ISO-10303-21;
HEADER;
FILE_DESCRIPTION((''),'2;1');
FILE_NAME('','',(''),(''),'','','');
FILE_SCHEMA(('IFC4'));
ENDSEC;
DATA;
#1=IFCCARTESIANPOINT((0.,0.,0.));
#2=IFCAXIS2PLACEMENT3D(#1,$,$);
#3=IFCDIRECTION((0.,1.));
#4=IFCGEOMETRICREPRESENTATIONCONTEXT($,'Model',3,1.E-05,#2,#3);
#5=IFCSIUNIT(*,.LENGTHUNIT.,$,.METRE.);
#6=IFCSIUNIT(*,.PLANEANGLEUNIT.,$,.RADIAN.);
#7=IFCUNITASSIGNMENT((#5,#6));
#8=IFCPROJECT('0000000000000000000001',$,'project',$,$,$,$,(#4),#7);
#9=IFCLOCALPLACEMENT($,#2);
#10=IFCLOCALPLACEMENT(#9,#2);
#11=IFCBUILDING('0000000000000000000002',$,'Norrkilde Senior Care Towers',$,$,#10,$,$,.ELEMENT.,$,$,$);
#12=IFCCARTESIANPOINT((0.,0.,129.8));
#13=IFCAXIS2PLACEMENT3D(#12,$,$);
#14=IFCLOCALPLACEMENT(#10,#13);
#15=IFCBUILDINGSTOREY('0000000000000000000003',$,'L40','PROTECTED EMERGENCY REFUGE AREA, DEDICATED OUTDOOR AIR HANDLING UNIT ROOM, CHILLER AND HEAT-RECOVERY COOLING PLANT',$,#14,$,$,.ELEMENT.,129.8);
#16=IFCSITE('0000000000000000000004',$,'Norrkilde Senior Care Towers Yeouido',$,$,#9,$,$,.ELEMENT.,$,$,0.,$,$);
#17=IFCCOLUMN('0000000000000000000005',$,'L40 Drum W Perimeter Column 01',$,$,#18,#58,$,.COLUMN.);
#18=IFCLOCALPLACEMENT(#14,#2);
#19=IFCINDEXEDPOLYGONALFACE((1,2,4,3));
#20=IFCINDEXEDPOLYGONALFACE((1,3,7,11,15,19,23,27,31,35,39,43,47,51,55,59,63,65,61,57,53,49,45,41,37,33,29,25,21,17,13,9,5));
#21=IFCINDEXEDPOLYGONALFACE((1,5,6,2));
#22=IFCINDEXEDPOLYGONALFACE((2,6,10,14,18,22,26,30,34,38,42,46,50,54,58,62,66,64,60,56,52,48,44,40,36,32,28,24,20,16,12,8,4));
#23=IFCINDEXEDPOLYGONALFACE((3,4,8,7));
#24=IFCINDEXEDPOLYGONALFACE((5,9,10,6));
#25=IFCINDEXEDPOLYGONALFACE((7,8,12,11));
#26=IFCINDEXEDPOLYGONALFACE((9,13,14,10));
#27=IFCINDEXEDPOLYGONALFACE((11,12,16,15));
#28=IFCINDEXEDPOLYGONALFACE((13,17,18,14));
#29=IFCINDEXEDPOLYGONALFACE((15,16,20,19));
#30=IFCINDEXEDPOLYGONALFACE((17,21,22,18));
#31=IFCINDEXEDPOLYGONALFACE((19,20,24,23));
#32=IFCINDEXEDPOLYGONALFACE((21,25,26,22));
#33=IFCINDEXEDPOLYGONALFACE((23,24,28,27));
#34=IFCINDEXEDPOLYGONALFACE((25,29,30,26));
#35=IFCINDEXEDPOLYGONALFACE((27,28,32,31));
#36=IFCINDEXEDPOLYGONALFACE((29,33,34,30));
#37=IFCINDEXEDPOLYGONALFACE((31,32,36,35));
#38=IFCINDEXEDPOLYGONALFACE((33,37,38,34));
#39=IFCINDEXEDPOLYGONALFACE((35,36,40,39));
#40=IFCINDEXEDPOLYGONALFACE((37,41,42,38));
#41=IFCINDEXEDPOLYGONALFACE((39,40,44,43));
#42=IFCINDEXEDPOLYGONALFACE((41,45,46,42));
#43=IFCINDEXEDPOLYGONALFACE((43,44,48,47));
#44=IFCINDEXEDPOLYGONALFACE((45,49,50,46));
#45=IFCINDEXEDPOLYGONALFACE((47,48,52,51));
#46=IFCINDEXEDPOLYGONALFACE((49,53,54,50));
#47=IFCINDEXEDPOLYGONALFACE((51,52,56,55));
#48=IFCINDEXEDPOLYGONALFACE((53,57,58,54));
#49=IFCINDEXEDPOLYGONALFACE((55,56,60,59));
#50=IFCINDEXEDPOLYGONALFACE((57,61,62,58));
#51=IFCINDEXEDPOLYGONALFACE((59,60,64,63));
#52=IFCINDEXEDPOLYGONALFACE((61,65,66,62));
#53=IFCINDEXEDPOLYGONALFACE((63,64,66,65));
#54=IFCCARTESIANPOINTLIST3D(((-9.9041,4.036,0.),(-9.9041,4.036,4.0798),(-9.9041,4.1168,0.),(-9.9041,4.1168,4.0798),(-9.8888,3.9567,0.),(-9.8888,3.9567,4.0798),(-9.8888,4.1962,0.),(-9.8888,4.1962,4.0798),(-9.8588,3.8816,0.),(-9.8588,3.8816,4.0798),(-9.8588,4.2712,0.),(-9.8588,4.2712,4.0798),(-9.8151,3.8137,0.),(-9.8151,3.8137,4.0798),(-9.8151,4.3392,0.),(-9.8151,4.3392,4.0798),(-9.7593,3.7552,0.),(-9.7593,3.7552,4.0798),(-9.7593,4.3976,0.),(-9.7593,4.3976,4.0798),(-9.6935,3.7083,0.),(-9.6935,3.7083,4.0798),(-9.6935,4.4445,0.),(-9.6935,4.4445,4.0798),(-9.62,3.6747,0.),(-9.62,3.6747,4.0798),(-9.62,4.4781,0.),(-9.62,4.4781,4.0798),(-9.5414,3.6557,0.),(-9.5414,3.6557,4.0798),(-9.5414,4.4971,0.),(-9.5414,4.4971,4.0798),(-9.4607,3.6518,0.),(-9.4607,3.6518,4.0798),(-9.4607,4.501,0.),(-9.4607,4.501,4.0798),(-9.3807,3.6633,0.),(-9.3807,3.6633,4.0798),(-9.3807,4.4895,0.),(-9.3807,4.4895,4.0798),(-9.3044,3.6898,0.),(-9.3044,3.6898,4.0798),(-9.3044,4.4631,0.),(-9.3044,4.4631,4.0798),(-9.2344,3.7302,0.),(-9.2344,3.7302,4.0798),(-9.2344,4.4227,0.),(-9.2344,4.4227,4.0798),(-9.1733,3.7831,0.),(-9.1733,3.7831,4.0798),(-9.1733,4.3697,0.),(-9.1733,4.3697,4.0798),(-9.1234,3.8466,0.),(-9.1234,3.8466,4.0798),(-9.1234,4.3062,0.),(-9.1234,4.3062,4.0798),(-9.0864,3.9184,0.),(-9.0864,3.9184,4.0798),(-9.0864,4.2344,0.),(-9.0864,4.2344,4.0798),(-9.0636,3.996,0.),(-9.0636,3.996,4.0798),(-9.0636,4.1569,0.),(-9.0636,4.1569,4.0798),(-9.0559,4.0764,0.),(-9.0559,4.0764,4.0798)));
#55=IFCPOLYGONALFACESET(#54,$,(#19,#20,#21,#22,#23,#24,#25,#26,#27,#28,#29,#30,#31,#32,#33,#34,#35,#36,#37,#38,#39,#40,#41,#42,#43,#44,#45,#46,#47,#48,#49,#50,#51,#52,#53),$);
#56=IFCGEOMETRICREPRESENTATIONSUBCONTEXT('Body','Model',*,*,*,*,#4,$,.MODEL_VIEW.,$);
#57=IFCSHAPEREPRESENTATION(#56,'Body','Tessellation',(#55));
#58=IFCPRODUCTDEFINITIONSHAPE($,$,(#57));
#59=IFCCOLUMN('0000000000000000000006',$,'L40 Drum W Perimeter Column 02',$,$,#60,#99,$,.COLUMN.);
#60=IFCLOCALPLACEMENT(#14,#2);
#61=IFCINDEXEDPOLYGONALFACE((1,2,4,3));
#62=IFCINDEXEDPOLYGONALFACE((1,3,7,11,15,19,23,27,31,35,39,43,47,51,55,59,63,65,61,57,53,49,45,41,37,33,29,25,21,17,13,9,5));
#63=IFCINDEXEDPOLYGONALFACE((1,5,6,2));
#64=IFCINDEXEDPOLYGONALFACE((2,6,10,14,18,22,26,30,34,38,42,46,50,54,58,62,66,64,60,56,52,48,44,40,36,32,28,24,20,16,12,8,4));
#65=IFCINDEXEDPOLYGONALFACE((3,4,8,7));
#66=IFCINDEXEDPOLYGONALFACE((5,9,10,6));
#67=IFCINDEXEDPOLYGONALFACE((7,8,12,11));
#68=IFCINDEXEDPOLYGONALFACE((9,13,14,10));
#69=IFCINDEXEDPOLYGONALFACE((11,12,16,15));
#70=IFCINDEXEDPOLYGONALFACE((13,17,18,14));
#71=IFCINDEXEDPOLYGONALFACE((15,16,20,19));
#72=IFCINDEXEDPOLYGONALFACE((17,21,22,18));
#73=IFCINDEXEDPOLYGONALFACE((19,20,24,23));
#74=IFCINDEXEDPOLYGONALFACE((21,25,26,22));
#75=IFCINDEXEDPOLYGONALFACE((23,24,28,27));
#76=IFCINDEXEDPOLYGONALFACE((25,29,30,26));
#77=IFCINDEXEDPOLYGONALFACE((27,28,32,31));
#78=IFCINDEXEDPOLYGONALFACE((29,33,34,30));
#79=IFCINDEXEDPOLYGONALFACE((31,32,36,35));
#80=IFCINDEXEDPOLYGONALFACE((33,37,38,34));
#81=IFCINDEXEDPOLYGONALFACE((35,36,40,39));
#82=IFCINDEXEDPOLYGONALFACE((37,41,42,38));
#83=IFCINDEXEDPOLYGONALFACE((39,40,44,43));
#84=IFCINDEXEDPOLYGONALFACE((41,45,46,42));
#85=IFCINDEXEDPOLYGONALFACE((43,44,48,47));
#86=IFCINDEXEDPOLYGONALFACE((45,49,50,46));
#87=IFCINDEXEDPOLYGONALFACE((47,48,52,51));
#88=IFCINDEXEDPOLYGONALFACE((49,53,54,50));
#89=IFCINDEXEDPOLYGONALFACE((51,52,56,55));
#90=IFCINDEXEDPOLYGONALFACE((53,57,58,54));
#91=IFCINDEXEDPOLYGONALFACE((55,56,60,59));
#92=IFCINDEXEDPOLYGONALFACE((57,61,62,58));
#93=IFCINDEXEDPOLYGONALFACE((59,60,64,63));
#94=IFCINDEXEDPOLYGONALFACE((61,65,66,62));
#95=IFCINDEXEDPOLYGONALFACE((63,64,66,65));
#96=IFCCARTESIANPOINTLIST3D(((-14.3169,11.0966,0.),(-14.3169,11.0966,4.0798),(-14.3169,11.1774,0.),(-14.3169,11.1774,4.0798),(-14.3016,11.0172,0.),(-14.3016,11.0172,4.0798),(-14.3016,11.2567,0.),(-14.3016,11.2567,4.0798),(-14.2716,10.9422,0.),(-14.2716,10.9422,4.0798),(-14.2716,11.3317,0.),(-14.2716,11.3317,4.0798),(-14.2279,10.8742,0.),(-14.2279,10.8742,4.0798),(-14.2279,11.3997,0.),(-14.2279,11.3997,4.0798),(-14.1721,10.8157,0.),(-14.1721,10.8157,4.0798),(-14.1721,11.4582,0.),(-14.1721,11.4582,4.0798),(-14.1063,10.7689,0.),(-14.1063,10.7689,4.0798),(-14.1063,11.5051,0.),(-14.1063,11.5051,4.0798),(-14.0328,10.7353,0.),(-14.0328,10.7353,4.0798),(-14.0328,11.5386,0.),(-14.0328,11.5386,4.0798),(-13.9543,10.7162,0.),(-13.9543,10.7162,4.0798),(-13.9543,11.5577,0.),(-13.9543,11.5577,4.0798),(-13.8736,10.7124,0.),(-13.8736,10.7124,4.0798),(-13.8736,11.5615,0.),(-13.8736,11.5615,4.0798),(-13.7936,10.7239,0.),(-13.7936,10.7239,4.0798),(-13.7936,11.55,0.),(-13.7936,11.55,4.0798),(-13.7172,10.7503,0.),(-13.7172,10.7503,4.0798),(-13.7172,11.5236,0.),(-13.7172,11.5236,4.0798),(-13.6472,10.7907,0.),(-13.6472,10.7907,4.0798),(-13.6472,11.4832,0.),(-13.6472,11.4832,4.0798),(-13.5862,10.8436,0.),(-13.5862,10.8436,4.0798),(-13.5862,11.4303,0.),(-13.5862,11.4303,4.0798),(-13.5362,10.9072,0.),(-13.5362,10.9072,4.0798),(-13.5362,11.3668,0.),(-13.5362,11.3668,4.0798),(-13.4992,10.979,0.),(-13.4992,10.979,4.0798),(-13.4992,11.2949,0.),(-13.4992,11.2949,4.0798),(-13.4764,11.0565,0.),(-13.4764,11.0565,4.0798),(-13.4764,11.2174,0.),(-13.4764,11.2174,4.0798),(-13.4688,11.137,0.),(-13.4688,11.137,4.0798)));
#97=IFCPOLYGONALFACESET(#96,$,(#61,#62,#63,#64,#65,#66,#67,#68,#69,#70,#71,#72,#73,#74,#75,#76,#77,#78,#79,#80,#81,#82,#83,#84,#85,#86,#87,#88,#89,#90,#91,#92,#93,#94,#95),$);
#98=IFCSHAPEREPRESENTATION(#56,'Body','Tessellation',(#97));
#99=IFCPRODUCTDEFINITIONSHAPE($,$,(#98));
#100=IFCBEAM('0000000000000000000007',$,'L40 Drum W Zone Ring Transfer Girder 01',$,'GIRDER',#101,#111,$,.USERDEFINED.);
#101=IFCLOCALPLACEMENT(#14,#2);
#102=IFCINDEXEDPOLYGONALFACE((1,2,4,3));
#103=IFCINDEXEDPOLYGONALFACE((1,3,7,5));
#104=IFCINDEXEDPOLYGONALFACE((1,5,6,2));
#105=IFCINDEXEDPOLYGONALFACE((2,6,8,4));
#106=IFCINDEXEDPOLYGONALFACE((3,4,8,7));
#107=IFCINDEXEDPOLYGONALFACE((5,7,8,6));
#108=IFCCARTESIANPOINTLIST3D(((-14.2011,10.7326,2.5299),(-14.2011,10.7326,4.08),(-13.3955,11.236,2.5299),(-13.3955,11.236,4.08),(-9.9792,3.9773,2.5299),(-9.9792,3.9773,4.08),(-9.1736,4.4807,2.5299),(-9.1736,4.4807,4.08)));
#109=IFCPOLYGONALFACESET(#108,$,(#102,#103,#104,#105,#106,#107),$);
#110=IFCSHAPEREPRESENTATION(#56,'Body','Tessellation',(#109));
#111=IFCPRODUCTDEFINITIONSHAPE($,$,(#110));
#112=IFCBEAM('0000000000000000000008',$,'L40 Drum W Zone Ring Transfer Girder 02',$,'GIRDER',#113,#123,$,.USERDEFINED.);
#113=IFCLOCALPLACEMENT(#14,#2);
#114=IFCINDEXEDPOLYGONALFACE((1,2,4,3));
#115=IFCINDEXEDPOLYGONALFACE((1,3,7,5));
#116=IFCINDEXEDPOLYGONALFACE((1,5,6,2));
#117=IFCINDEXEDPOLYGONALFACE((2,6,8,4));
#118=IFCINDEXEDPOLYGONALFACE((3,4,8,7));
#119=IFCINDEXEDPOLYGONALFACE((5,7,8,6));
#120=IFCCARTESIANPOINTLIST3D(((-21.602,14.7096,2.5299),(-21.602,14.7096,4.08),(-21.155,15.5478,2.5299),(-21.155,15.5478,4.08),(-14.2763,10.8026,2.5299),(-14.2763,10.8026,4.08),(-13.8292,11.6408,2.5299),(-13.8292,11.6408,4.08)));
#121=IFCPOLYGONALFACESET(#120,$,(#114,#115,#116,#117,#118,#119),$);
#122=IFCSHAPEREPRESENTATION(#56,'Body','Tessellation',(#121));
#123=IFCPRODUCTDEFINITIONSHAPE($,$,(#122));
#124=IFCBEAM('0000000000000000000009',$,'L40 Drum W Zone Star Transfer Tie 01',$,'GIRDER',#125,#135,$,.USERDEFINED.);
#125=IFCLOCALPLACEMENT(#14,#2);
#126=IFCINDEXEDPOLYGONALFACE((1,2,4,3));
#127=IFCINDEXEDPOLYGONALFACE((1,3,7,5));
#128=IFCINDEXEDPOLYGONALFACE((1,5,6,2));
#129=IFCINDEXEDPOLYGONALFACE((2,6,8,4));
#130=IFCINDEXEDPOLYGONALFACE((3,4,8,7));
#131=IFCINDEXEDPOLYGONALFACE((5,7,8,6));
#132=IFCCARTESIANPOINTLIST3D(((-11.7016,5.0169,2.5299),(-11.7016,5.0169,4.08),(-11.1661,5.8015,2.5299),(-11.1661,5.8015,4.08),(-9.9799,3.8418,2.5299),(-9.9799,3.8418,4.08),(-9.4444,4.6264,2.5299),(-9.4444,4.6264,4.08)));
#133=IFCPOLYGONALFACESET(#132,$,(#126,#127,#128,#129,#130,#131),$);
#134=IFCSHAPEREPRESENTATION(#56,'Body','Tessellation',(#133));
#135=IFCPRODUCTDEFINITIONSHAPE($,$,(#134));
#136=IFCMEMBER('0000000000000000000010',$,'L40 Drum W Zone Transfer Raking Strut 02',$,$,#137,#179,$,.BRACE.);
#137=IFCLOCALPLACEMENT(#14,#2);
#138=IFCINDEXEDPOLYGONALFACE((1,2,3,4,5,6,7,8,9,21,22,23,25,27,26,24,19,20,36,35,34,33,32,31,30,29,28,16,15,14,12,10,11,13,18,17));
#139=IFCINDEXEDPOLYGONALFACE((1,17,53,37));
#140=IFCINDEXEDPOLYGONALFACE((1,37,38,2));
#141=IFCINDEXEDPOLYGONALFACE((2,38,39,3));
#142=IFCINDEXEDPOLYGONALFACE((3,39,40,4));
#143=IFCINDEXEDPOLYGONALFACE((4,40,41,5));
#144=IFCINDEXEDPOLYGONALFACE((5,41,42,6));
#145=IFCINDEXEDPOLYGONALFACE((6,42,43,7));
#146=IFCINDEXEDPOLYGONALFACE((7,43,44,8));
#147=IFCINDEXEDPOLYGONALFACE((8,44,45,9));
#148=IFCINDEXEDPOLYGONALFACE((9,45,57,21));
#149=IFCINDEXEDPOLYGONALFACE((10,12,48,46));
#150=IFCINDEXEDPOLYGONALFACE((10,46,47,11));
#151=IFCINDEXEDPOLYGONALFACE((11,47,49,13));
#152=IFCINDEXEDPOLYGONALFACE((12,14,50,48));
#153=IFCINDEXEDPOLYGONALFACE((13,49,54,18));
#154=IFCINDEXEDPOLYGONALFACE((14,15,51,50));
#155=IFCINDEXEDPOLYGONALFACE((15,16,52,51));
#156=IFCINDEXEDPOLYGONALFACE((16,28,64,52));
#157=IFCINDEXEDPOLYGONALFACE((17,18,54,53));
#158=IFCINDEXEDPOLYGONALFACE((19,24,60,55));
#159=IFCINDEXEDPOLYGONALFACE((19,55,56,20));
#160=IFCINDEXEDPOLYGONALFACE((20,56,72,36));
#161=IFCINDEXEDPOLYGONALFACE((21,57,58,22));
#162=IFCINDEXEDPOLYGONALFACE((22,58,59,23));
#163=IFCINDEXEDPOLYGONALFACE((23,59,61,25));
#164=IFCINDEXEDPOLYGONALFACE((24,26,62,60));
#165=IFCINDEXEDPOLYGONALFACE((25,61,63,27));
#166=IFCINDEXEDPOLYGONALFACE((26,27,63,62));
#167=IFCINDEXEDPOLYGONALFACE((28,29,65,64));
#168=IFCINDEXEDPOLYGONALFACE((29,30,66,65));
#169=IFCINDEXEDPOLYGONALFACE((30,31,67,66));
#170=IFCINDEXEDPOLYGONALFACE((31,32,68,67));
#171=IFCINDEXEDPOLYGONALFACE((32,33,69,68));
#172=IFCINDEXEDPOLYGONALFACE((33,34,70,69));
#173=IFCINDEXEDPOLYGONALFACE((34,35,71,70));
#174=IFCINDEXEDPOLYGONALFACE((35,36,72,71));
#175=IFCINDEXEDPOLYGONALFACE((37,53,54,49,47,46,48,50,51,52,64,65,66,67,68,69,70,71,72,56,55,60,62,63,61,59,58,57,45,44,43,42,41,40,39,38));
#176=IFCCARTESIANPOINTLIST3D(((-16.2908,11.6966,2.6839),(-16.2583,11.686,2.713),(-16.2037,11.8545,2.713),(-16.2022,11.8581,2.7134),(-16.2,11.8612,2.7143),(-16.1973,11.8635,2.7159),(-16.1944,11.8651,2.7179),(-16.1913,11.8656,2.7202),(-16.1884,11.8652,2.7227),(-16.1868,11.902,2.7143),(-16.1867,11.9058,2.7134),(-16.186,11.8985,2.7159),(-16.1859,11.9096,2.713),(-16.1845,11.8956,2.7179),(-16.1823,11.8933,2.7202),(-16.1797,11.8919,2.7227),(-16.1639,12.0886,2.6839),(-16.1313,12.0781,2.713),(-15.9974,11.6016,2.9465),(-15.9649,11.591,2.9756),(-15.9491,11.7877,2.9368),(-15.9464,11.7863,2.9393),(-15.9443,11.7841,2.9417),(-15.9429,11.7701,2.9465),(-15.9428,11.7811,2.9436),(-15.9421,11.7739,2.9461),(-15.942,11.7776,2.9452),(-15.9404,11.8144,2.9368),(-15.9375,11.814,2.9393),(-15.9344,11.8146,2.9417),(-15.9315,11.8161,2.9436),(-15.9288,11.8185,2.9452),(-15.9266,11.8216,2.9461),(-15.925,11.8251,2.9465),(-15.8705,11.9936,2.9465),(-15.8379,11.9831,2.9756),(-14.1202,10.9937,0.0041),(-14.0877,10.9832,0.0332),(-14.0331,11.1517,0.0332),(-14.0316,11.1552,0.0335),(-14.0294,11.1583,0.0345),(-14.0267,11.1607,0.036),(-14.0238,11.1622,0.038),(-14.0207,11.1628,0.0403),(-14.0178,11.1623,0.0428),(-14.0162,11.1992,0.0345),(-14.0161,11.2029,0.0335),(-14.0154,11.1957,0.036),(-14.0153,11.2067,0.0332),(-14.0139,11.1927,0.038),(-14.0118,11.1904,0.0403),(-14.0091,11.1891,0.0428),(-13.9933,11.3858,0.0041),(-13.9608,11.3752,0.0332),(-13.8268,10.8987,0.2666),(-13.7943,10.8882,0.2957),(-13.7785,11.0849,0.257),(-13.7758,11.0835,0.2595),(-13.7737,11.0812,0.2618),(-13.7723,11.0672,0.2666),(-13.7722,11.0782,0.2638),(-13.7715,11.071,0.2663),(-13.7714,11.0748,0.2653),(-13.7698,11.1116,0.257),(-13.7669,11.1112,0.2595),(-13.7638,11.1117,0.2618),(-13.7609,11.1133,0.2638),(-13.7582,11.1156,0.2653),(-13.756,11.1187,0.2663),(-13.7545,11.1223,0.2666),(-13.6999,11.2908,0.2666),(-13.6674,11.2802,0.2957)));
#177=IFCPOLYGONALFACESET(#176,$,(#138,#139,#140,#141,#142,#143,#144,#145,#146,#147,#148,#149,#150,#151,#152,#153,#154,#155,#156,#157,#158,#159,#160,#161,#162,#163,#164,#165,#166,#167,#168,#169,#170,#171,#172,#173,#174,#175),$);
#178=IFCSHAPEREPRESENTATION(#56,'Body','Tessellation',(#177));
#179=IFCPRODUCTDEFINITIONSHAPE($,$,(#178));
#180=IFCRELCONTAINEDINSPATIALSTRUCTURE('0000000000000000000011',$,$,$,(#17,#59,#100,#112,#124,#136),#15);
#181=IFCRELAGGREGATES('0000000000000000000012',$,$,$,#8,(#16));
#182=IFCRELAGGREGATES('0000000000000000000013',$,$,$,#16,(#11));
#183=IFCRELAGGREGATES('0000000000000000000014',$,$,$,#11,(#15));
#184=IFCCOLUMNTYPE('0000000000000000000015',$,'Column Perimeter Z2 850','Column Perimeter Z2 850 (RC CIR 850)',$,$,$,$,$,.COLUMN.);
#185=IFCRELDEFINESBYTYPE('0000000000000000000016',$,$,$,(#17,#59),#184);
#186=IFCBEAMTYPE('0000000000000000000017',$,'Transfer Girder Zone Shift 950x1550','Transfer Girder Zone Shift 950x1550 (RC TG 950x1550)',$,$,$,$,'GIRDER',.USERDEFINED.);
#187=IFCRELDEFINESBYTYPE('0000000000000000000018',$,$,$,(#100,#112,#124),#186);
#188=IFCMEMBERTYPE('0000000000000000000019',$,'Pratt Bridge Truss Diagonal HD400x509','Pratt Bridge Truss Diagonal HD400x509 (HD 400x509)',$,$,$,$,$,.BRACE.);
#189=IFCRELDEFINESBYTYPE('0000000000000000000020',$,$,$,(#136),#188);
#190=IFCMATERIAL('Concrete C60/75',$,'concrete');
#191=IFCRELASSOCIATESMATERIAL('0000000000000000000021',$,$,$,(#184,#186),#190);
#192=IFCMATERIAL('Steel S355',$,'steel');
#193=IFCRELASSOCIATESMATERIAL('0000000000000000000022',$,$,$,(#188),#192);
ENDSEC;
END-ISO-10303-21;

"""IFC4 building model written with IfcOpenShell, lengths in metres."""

from ifc_helpers import new_model, si_unit, direction, frame, origin, origin_2d, place, context, subcontext, project, spatial, rectangle, circle, i_section, extrude, source, transform, mapped, material, material_profile, profile_set, type_object, type_shapes, element, save


model = new_model("IFC4")

# Units and contexts
model_context = context("Model", 3, precision=1e-05, world=origin(), true_north=direction((0.0, 1.0)))
body_context = subcontext(model_context, "Body", "Model", "MODEL_VIEW")
ifc_project = project(units=[si_unit("LENGTHUNIT", "METRE"), si_unit("PLANEANGLEUNIT", "RADIAN")], contexts=[model_context])

# Site, building, storey
site_placement = place(None, origin())
site = spatial("IfcSite", under=ifc_project, at=site_placement, Name="Norrkilde Senior Care Towers Yeouido", CompositionType="ELEMENT", RefElevation=0.0)
building_placement = place(site_placement, origin())
building = spatial("IfcBuilding", under=site, at=building_placement, Name="Norrkilde Senior Care Towers", CompositionType="ELEMENT")
storey_placement = place(building_placement, frame((0.0, 0.0, 129.8)))
storey = spatial("IfcBuildingStorey", under=building, at=storey_placement, Name="L40", Description="PROTECTED EMERGENCY REFUGE AREA, DEDICATED OUTDOOR AIR HANDLING UNIT ROOM, CHILLER AND HEAT-RECOVERY COOLING PLANT", CompositionType="ELEMENT", Elevation=129.8)

# Columns
ifc_material_1 = material(Name="Concrete C60/75", Category="concrete")
ifc_material_profile_1 = material_profile(ifc_material_1, circle(Radius=0.425, at=origin_2d()), Name="RC CIR 850")
ifc_profile_set_1 = profile_set([ifc_material_profile_1], Name="Concrete C60/75")
column_type = type_object("IfcColumnType", Name="Column Perimeter Z2 850", Description="Column Perimeter Z2 850 (RC CIR 850)", PredefinedType="COLUMN", material=ifc_profile_set_1)
shared_shape_1 = source(origin(), body_context, "Body", "SweptSolid", [
    extrude(circle(Radius=0.425, at=origin_2d()), origin(), (0.0, 0.0, 1.0), 4.0798),
])
type_shapes(column_type, [shared_shape_1])
for number, where, z_axis, x_axis, name in (
    (1, (-9.481, 4.0764, 0.0), (0.0, 0.0, 1.0), (1.0, 0.0, 0.0), "L40 Drum W Perimeter Column 01"),
    (2, (-13.8938, 11.137, 0.0), (0.0, 0.0, 1.0), (1.0, 0.0, 0.0), "L40 Drum W Perimeter Column 02"),
):
    element("IfcColumn", number, at=place(storey_placement, frame(where, z_axis=z_axis, x_axis=x_axis)), inside=storey, type_object=column_type, Name=name, PredefinedType="COLUMN", context=body_context, shape_type="MappedRepresentation", body=[
        mapped(shared_shape_1, transform((0.0, 0.0, 0.0), x_axis=(1.0, 0.0, 0.0), y_axis=(0.0, 1.0, 0.0), z_axis=(0.0, 0.0, 1.0), scale=1.0)),
    ])

# Beams
ifc_material_profile_2 = material_profile(ifc_material_1, rectangle(XDim=0.95, YDim=1.55, at=origin_2d()), Name="RC TG 950x1550")
ifc_profile_set_2 = profile_set([ifc_material_profile_2], Name="Concrete C60/75")
beam_type = type_object("IfcBeamType", Name="Transfer Girder Zone Shift 950x1550", Description="Transfer Girder Zone Shift 950x1550 (RC TG 950x1550)", ElementType="GIRDER", PredefinedType="USERDEFINED", material=ifc_profile_set_2)
shared_shape_2 = source(origin(), body_context, "Body", "SweptSolid", [
    extrude(rectangle(XDim=0.95, YDim=1.55, at=origin_2d()), origin(), (0.0, 0.0, 1.0), 7.9661),
])
beam_1_placement = place(storey_placement, frame((-9.5764, 4.229, 3.3049), z_axis=(-0.529982, 0.848009, 0.0), x_axis=(-0.848009, -0.529982, 0.0)))
element("IfcBeam", 3, at=beam_1_placement, inside=storey, type_object=beam_type, Name="L40 Drum W Zone Ring Transfer Girder 01", ObjectType="GIRDER", PredefinedType="USERDEFINED", context=body_context, shape_type="MappedRepresentation", body=[
    mapped(shared_shape_2, transform((0.0, 0.0, 0.0), x_axis=(1.0, 0.0, 0.0), y_axis=(0.0, 1.0, 0.0), z_axis=(0.0, 0.0, 1.0), scale=1.0)),
])
shared_shape_3 = source(origin(), body_context, "Body", "SweptSolid", [
    extrude(rectangle(XDim=0.95, YDim=1.55, at=origin_2d()), origin(), (0.0, 0.0, 1.0), 8.3025),
])
beam_2_placement = place(storey_placement, frame((-14.0527, 11.2217, 3.3049), z_axis=(-0.882355, 0.470584, 0.0), x_axis=(-0.470584, -0.882355, 0.0)))
element("IfcBeam", 4, at=beam_2_placement, inside=storey, type_object=beam_type, Name="L40 Drum W Zone Ring Transfer Girder 02", ObjectType="GIRDER", PredefinedType="USERDEFINED", context=body_context, shape_type="MappedRepresentation", body=[
    mapped(shared_shape_3, transform((0.0, 0.0, 0.0), x_axis=(1.0, 0.0, 0.0), y_axis=(0.0, 1.0, 0.0), z_axis=(0.0, 0.0, 1.0), scale=1.0)),
])
shared_shape_4 = source(origin(), body_context, "Body", "SweptSolid", [
    extrude(rectangle(XDim=0.95, YDim=1.55, at=origin_2d()), origin(), (0.0, 0.0, 1.0), 2.0845),
])
type_shapes(beam_type, [shared_shape_2, shared_shape_3, shared_shape_4])
beam_3_placement = place(storey_placement, frame((-11.4338, 5.4092, 3.3049), z_axis=(0.825965, -0.563722, 0.0), x_axis=(0.563722, 0.825965, 0.0)))
element("IfcBeam", 5, at=beam_3_placement, inside=storey, type_object=beam_type, Name="L40 Drum W Zone Star Transfer Tie 01", ObjectType="GIRDER", PredefinedType="USERDEFINED", context=body_context, shape_type="MappedRepresentation", body=[
    mapped(shared_shape_4, transform((0.0, 0.0, 0.0), x_axis=(1.0, 0.0, 0.0), y_axis=(0.0, 1.0, 0.0), z_axis=(0.0, 0.0, 1.0), scale=1.0)),
])

# Member
ifc_material_2 = material(Name="Steel S355", Category="steel")
ifc_material_profile_3 = material_profile(ifc_material_2, i_section(OverallWidth=0.4121, OverallDepth=0.45, WebThickness=0.0281, FlangeThickness=0.0449, FilletRadius=0.0149, at=origin_2d()), Name="HD 400x509")
ifc_profile_set_3 = profile_set([ifc_material_profile_3], Name="Steel S355")
member_type_1 = type_object("IfcMemberType", Name="Pratt Bridge Truss Diagonal HD400x509", Description="Pratt Bridge Truss Diagonal HD400x509 (HD 400x509)", PredefinedType="BRACE", material=ifc_profile_set_3)
shared_shape_5 = source(origin(), body_context, "Body", "SweptSolid", [
    extrude(i_section(OverallWidth=0.4121, OverallDepth=0.45, WebThickness=0.0281, FlangeThickness=0.0449, FilletRadius=0.0149, at=origin_2d()), origin(), (0.0, 0.0, 1.0), 3.5195),
])
type_shapes(member_type_1, [shared_shape_5])
member_1_placement = place(storey_placement, frame((-13.8938, 11.137, 0.1499), z_axis=(-0.616727, 0.199703, 0.761424), x_axis=(-0.308062, -0.951366, 0.0)))
element("IfcMember", 6, at=member_1_placement, inside=storey, type_object=member_type_1, Name="L40 Drum W Zone Transfer Raking Strut 02", PredefinedType="BRACE", context=body_context, shape_type="MappedRepresentation", body=[
    mapped(shared_shape_5, transform((0.0, 0.0, 0.0), x_axis=(1.0, 0.0, 0.0), y_axis=(0.0, 1.0, 0.0), z_axis=(0.0, 0.0, 1.0), scale=1.0)),
])

save(model, "model.ifc")
